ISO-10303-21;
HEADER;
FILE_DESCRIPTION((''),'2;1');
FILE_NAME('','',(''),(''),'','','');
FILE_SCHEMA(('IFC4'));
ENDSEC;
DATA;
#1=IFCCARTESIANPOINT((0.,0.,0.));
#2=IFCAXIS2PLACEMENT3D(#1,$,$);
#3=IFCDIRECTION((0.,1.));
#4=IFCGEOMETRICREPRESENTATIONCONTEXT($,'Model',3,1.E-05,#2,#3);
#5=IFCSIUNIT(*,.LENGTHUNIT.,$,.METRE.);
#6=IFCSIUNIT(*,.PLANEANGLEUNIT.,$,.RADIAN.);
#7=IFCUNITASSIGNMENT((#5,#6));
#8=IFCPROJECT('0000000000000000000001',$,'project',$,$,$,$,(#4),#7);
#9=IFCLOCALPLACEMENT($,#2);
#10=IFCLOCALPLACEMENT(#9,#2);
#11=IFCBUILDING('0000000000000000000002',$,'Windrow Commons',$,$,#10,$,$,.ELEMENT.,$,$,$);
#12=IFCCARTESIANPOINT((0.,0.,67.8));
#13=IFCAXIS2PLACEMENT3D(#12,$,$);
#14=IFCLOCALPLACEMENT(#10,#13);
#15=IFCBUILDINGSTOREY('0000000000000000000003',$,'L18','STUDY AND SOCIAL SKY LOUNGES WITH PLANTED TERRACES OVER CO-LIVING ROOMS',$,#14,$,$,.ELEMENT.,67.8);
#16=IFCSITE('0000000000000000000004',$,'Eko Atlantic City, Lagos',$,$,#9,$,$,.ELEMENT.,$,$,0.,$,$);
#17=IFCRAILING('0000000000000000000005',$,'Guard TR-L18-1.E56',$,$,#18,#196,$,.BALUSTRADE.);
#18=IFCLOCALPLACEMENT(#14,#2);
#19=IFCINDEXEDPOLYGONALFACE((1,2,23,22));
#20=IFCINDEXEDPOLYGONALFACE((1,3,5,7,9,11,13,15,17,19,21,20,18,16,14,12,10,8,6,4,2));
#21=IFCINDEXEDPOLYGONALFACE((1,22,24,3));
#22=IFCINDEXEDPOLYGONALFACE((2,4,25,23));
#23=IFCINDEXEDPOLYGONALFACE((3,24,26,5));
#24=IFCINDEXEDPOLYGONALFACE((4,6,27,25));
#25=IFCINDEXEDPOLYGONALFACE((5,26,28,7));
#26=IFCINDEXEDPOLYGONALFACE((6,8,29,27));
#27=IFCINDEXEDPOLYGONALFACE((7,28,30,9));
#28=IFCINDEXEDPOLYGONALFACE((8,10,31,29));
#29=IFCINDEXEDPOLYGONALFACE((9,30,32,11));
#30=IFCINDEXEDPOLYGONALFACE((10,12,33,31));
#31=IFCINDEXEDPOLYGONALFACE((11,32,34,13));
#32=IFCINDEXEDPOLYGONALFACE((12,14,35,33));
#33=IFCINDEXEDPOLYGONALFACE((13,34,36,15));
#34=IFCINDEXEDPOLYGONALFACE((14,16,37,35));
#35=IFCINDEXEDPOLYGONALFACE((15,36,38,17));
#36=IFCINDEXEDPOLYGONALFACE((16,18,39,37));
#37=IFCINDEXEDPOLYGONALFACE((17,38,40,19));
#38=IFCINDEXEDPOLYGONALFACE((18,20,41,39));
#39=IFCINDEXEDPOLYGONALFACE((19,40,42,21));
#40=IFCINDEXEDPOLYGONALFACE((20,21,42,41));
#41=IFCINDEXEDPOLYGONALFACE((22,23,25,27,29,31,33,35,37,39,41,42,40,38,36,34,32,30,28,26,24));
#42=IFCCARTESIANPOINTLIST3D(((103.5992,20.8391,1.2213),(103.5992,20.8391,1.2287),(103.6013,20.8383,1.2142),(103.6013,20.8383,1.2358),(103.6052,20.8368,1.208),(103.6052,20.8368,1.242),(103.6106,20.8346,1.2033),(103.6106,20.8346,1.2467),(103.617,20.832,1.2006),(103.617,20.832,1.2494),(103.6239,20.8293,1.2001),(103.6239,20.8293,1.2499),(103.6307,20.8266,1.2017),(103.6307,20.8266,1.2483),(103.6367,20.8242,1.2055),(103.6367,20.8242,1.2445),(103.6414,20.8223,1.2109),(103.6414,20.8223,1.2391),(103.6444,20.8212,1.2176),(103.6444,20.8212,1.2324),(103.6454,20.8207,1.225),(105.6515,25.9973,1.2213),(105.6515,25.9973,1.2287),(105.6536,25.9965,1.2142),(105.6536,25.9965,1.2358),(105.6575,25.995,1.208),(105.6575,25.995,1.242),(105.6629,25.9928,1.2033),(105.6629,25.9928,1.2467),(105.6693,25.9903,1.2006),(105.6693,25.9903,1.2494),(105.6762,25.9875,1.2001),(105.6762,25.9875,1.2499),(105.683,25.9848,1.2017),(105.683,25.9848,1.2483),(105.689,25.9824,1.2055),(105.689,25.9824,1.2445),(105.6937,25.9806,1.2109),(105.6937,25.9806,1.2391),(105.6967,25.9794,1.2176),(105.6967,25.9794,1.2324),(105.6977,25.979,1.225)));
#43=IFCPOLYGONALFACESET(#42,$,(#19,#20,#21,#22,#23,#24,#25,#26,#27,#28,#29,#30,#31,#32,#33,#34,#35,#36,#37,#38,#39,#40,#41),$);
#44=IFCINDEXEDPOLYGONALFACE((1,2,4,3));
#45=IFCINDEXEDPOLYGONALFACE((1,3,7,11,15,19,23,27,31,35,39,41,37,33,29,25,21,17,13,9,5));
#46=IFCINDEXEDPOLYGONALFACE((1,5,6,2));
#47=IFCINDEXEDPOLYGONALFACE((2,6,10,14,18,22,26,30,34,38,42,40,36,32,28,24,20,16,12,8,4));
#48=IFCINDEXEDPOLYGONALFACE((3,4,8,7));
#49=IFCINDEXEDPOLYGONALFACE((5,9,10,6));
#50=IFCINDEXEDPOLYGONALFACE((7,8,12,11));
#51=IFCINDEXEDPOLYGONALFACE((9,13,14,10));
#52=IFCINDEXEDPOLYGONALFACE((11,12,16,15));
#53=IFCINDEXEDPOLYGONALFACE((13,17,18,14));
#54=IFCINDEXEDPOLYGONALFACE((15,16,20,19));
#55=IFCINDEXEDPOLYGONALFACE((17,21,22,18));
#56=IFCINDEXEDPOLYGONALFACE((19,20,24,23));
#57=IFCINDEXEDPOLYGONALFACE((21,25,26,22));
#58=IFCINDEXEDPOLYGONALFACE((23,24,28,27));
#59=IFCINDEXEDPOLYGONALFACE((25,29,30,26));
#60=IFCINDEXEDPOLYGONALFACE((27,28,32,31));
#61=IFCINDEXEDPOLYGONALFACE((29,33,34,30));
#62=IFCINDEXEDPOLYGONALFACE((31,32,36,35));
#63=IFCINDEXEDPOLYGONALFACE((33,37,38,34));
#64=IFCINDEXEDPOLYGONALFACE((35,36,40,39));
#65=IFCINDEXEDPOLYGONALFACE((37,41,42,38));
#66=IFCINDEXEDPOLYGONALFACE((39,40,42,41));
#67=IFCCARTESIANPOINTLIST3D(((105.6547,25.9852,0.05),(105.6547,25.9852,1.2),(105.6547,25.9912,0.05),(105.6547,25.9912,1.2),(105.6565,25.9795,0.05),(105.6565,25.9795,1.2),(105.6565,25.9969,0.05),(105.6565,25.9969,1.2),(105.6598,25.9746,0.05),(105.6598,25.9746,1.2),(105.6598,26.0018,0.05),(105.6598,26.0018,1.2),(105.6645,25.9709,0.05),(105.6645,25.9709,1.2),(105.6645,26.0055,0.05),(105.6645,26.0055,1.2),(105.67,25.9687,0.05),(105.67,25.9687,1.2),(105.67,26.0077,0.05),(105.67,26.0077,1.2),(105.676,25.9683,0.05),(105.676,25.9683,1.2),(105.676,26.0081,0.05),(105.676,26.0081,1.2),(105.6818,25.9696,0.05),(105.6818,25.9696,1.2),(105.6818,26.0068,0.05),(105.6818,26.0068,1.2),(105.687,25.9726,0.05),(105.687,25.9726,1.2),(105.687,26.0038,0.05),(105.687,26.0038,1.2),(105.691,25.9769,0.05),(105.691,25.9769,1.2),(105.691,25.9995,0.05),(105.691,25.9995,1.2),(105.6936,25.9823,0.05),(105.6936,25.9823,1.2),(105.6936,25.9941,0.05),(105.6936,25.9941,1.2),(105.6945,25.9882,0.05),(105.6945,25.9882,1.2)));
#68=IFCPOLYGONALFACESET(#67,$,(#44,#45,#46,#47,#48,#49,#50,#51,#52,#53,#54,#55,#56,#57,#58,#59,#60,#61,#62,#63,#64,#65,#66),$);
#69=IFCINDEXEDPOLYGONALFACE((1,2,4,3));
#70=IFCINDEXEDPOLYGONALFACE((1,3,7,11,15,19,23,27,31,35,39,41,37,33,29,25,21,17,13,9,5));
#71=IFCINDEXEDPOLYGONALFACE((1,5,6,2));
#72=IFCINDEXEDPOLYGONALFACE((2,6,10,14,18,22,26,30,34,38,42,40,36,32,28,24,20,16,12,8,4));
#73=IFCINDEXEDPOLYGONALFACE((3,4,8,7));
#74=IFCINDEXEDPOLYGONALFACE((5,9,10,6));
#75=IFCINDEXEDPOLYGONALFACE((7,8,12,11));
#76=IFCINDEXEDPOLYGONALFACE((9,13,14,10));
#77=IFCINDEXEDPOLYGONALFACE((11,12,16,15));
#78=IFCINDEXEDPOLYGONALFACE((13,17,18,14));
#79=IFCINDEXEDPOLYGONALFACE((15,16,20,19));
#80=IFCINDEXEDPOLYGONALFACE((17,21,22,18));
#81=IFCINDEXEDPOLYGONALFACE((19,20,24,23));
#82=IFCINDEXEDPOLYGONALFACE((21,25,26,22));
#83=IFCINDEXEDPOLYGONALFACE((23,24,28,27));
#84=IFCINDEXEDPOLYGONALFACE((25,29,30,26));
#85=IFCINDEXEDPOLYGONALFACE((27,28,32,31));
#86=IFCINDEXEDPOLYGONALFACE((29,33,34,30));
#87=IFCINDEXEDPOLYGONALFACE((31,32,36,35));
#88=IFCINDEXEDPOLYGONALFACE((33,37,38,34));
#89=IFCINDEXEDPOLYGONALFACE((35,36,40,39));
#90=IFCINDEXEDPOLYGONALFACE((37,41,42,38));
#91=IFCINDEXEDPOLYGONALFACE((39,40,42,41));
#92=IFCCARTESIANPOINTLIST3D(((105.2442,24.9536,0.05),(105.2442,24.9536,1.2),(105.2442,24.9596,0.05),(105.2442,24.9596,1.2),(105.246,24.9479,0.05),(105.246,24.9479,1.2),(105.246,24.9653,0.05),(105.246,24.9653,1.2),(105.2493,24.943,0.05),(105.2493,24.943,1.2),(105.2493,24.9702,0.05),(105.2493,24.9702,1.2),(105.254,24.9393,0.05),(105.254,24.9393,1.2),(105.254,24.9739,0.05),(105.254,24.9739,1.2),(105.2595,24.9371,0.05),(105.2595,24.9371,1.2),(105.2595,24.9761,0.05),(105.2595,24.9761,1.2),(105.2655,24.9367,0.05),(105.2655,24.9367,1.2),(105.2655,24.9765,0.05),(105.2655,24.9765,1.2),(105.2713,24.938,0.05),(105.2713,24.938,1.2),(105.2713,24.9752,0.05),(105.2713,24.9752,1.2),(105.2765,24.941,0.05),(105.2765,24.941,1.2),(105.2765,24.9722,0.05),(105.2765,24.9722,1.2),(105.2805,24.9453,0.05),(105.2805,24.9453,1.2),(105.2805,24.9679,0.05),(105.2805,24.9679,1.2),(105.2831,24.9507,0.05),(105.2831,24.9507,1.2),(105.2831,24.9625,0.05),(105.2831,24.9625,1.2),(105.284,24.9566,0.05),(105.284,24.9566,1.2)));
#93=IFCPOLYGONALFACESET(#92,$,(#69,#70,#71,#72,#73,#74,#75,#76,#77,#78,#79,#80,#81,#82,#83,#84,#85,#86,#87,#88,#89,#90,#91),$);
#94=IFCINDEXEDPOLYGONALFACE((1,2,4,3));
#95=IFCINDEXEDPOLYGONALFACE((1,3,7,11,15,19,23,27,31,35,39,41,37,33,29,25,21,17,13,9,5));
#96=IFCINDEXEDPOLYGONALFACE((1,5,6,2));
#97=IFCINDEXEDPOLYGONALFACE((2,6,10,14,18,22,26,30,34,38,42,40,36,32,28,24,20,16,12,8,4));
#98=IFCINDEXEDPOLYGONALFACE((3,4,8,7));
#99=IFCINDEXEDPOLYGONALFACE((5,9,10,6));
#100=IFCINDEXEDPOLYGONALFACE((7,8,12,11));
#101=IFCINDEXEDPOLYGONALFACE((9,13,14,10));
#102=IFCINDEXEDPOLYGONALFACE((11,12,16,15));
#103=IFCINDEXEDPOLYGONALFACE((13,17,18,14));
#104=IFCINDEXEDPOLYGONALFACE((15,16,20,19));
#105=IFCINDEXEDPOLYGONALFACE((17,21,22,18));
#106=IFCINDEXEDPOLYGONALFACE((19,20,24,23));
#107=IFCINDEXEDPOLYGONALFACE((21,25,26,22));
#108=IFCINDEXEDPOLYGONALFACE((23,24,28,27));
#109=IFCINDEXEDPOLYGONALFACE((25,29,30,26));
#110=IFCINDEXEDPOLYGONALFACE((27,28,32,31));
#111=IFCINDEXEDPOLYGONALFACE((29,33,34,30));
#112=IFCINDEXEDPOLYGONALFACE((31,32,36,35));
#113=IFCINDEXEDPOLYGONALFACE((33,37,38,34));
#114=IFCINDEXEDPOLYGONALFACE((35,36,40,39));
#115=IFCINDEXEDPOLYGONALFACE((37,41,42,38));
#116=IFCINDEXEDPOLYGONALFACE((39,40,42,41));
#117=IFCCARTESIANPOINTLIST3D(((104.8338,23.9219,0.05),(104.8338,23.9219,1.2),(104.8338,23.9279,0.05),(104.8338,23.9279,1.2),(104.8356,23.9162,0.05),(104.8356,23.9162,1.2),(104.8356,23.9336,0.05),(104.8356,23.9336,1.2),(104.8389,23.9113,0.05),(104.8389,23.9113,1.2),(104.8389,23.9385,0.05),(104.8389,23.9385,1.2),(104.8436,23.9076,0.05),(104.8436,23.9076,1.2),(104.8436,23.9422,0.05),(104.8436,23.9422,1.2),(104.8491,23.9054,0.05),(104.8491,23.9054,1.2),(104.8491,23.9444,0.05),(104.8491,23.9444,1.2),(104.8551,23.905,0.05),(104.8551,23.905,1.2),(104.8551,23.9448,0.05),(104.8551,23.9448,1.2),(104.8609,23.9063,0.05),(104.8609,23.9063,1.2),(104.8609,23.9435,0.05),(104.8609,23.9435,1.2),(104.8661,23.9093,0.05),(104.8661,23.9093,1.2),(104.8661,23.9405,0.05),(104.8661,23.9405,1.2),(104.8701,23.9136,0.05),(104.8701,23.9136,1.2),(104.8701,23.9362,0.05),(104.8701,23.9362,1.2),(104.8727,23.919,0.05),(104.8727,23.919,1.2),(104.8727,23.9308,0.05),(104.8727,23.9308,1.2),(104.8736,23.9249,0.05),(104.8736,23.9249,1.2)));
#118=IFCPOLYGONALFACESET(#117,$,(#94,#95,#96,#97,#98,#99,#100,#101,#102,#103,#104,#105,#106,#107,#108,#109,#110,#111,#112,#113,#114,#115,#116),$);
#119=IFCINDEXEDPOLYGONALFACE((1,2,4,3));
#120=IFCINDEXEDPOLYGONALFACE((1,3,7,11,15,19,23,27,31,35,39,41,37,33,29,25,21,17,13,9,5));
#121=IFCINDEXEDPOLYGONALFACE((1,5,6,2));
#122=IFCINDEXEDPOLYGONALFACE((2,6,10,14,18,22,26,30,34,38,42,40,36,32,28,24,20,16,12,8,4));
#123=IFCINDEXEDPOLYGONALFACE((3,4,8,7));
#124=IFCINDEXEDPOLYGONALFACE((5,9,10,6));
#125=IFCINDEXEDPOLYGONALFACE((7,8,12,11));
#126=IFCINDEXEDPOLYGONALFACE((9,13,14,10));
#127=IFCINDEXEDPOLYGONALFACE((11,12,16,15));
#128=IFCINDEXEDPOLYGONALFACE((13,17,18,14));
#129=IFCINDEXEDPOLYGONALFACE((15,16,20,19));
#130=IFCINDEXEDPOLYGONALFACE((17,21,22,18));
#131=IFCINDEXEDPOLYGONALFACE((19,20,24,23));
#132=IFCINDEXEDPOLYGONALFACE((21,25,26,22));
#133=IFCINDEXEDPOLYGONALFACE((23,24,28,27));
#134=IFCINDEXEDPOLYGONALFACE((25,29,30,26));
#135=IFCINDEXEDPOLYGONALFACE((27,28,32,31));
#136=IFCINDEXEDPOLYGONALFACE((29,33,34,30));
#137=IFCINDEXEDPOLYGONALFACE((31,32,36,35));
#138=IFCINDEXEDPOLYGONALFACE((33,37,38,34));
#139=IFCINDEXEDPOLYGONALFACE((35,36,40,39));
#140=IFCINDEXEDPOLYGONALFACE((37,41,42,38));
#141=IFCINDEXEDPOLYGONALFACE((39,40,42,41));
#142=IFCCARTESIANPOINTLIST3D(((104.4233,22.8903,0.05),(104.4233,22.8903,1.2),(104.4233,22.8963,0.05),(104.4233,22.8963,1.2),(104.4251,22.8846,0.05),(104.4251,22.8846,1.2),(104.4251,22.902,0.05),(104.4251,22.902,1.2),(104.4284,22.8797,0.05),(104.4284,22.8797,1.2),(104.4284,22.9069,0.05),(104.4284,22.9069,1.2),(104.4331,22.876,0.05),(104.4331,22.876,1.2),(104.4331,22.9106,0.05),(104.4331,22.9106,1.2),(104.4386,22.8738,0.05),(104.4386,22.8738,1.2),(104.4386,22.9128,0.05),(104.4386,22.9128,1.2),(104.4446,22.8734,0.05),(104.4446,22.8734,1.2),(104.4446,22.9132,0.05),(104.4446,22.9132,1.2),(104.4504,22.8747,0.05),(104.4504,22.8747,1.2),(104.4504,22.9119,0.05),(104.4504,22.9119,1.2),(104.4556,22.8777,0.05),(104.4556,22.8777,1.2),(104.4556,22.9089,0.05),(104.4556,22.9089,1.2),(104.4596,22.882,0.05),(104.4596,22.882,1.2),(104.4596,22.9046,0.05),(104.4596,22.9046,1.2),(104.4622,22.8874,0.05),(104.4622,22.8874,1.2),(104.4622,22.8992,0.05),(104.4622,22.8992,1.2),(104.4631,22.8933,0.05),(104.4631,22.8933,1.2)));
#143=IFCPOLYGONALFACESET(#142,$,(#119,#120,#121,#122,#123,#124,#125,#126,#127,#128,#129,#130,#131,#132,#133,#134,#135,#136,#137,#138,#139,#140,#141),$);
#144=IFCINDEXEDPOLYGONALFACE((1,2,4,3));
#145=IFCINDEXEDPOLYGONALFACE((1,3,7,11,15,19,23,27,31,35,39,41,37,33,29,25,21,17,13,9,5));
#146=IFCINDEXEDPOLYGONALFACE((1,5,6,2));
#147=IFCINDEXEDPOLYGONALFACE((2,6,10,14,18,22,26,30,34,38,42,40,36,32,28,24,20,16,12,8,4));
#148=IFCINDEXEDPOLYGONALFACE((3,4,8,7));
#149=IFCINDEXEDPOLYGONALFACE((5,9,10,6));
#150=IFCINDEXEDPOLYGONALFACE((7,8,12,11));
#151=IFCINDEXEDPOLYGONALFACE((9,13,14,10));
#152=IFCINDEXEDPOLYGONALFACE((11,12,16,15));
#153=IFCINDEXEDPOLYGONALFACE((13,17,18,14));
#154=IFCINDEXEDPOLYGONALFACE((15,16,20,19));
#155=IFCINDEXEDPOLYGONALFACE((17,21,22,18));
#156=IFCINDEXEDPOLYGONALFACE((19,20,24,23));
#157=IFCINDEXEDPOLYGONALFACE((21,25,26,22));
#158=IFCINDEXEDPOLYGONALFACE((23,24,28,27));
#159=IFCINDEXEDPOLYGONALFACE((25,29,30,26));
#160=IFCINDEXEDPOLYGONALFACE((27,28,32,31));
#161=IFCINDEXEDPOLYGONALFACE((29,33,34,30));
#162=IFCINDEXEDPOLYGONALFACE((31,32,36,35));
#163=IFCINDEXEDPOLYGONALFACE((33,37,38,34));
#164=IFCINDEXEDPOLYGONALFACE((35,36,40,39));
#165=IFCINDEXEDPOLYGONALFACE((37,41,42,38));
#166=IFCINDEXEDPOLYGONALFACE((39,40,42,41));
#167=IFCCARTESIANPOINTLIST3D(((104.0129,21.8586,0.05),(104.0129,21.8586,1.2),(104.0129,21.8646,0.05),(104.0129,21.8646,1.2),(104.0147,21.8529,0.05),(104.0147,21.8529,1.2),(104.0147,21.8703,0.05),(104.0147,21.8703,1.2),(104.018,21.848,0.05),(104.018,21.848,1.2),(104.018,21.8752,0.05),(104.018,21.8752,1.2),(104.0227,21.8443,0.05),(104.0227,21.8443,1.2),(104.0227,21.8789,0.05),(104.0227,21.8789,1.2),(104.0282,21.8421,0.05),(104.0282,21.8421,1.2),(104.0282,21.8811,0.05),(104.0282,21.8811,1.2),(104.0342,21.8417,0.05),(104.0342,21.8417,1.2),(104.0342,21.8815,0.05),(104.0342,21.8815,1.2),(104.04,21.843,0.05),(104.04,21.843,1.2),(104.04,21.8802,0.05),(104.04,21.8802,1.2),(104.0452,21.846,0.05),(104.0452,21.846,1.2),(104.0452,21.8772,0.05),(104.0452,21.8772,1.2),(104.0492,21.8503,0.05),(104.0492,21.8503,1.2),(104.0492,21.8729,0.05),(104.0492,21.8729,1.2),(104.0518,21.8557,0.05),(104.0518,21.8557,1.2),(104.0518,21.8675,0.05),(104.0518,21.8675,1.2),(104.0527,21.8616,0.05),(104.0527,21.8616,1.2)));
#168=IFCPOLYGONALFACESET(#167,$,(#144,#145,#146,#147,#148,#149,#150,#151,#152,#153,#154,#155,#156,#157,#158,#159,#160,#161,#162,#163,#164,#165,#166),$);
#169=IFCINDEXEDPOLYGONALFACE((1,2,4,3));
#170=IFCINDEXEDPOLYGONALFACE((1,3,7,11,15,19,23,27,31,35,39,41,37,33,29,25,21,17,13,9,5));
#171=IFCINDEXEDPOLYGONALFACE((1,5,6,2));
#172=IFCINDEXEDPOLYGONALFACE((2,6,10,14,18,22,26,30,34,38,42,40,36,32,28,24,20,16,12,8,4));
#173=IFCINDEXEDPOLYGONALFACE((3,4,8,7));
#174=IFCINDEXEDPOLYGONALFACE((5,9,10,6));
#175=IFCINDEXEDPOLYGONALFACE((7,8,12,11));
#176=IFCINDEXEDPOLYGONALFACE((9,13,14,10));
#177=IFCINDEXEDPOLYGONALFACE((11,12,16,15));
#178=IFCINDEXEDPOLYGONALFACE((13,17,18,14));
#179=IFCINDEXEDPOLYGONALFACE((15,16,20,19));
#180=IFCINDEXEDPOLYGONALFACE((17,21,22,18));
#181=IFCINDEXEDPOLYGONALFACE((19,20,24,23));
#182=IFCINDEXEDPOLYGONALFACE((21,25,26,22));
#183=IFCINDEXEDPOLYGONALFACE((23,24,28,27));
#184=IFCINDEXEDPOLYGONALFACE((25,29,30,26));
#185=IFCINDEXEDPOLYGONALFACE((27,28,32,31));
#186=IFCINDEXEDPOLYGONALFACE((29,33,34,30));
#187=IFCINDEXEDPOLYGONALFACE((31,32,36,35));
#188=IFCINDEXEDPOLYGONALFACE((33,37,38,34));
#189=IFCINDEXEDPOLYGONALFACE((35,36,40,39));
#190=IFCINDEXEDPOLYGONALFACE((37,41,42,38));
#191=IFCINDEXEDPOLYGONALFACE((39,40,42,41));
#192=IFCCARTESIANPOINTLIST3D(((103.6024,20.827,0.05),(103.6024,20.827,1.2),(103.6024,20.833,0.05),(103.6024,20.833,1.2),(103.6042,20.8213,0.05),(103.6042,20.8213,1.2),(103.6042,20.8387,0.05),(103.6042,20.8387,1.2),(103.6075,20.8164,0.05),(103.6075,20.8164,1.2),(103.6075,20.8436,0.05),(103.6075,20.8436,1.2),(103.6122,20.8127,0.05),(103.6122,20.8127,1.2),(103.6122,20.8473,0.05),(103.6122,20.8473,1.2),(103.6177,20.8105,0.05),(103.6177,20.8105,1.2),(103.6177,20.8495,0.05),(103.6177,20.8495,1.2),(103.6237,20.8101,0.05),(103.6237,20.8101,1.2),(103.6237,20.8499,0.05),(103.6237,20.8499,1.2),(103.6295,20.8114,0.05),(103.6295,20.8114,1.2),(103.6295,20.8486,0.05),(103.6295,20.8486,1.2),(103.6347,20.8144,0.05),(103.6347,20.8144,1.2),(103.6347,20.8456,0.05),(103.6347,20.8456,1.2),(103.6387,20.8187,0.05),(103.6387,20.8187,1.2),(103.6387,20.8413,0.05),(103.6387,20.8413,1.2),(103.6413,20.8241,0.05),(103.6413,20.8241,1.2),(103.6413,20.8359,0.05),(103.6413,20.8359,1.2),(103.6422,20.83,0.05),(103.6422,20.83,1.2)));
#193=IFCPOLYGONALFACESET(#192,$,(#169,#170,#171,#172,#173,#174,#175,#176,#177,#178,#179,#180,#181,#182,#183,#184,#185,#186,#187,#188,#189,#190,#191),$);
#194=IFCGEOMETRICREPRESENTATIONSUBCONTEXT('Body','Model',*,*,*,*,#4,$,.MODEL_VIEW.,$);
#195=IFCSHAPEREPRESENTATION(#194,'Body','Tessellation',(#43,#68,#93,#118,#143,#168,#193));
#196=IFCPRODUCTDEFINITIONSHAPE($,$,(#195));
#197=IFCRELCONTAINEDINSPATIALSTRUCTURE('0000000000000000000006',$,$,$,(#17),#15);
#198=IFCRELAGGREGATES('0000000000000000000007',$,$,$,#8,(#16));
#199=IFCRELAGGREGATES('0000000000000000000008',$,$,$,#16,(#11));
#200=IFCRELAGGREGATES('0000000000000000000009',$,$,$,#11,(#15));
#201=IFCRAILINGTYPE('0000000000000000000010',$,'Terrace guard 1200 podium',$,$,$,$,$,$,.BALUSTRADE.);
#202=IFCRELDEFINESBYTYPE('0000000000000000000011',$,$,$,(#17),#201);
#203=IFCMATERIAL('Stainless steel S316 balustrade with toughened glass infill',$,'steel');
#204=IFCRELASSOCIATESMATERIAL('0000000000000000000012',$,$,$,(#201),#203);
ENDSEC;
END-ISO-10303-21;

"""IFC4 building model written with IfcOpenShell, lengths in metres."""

from ifc_helpers import new_model, si_unit, direction, frame, origin, origin_2d, place, context, subcontext, project, spatial, circle, extrude, material, type_object, element, save


model = new_model("IFC4")

# Units and contexts
model_context = context("Model", 3, precision=1e-05, world=origin(), true_north=direction((0.0, 1.0)))
body_context = subcontext(model_context, "Body", "Model", "MODEL_VIEW")
ifc_project = project(units=[si_unit("LENGTHUNIT", "METRE"), si_unit("PLANEANGLEUNIT", "RADIAN")], contexts=[model_context])

# Site, building, storey
site_placement = place(None, origin())
site = spatial("IfcSite", under=ifc_project, at=site_placement, Name="Eko Atlantic City, Lagos", CompositionType="ELEMENT", RefElevation=0.0)
building_placement = place(site_placement, origin())
building = spatial("IfcBuilding", under=site, at=building_placement, Name="Windrow Commons", CompositionType="ELEMENT")
storey_placement = place(building_placement, frame((0.0, 0.0, 67.8)))
storey = spatial("IfcBuildingStorey", under=building, at=storey_placement, Name="L18", Description="STUDY AND SOCIAL SKY LOUNGES WITH PLANTED TERRACES OVER CO-LIVING ROOMS", CompositionType="ELEMENT", Elevation=67.8)

# Railing
ifc_material_1 = material(Name="Stainless steel S316 balustrade with toughened glass infill", Category="steel")
railing_type = type_object("IfcRailingType", Name="Terrace guard 1200 podium", PredefinedType="BALUSTRADE", material=ifc_material_1)
railing_1_placement = place(storey_placement, frame((105.6745, 25.9882, 0.05)))
element("IfcRailing", 1, at=railing_1_placement, inside=storey, type_object=railing_type, Name="Guard TR-L18-1.E56", PredefinedType="BALUSTRADE", context=body_context, shape_type="SweptSolid", body=[
    extrude(circle(Radius=0.025, at=origin_2d()), frame((0.0, 0.0, 1.175), z_axis=(-0.369685, -0.929157, 0.0), x_axis=(0.929157, -0.369685, 0.0)), (0.0, 0.0, 1.0), 5.5515),
    extrude(circle(Radius=0.02, at=origin_2d()), origin(), (0.0, 0.0, 1.0), 1.15),
    extrude(circle(Radius=0.02, at=origin_2d()), frame((-0.4105, -1.0316, 0.0)), (0.0, 0.0, 1.0), 1.15),
    extrude(circle(Radius=0.02, at=origin_2d()), frame((-0.8209, -2.0633, 0.0)), (0.0, 0.0, 1.0), 1.15),
    extrude(circle(Radius=0.02, at=origin_2d()), frame((-1.2314, -3.0949, 0.0)), (0.0, 0.0, 1.0), 1.15),
    extrude(circle(Radius=0.02, at=origin_2d()), frame((-1.6418, -4.1266, 0.0)), (0.0, 0.0, 1.0), 1.15),
    extrude(circle(Radius=0.02, at=origin_2d()), frame((-2.0523, -5.1582, 0.0)), (0.0, 0.0, 1.0), 1.15),
])

save(model, "model.ifc")
